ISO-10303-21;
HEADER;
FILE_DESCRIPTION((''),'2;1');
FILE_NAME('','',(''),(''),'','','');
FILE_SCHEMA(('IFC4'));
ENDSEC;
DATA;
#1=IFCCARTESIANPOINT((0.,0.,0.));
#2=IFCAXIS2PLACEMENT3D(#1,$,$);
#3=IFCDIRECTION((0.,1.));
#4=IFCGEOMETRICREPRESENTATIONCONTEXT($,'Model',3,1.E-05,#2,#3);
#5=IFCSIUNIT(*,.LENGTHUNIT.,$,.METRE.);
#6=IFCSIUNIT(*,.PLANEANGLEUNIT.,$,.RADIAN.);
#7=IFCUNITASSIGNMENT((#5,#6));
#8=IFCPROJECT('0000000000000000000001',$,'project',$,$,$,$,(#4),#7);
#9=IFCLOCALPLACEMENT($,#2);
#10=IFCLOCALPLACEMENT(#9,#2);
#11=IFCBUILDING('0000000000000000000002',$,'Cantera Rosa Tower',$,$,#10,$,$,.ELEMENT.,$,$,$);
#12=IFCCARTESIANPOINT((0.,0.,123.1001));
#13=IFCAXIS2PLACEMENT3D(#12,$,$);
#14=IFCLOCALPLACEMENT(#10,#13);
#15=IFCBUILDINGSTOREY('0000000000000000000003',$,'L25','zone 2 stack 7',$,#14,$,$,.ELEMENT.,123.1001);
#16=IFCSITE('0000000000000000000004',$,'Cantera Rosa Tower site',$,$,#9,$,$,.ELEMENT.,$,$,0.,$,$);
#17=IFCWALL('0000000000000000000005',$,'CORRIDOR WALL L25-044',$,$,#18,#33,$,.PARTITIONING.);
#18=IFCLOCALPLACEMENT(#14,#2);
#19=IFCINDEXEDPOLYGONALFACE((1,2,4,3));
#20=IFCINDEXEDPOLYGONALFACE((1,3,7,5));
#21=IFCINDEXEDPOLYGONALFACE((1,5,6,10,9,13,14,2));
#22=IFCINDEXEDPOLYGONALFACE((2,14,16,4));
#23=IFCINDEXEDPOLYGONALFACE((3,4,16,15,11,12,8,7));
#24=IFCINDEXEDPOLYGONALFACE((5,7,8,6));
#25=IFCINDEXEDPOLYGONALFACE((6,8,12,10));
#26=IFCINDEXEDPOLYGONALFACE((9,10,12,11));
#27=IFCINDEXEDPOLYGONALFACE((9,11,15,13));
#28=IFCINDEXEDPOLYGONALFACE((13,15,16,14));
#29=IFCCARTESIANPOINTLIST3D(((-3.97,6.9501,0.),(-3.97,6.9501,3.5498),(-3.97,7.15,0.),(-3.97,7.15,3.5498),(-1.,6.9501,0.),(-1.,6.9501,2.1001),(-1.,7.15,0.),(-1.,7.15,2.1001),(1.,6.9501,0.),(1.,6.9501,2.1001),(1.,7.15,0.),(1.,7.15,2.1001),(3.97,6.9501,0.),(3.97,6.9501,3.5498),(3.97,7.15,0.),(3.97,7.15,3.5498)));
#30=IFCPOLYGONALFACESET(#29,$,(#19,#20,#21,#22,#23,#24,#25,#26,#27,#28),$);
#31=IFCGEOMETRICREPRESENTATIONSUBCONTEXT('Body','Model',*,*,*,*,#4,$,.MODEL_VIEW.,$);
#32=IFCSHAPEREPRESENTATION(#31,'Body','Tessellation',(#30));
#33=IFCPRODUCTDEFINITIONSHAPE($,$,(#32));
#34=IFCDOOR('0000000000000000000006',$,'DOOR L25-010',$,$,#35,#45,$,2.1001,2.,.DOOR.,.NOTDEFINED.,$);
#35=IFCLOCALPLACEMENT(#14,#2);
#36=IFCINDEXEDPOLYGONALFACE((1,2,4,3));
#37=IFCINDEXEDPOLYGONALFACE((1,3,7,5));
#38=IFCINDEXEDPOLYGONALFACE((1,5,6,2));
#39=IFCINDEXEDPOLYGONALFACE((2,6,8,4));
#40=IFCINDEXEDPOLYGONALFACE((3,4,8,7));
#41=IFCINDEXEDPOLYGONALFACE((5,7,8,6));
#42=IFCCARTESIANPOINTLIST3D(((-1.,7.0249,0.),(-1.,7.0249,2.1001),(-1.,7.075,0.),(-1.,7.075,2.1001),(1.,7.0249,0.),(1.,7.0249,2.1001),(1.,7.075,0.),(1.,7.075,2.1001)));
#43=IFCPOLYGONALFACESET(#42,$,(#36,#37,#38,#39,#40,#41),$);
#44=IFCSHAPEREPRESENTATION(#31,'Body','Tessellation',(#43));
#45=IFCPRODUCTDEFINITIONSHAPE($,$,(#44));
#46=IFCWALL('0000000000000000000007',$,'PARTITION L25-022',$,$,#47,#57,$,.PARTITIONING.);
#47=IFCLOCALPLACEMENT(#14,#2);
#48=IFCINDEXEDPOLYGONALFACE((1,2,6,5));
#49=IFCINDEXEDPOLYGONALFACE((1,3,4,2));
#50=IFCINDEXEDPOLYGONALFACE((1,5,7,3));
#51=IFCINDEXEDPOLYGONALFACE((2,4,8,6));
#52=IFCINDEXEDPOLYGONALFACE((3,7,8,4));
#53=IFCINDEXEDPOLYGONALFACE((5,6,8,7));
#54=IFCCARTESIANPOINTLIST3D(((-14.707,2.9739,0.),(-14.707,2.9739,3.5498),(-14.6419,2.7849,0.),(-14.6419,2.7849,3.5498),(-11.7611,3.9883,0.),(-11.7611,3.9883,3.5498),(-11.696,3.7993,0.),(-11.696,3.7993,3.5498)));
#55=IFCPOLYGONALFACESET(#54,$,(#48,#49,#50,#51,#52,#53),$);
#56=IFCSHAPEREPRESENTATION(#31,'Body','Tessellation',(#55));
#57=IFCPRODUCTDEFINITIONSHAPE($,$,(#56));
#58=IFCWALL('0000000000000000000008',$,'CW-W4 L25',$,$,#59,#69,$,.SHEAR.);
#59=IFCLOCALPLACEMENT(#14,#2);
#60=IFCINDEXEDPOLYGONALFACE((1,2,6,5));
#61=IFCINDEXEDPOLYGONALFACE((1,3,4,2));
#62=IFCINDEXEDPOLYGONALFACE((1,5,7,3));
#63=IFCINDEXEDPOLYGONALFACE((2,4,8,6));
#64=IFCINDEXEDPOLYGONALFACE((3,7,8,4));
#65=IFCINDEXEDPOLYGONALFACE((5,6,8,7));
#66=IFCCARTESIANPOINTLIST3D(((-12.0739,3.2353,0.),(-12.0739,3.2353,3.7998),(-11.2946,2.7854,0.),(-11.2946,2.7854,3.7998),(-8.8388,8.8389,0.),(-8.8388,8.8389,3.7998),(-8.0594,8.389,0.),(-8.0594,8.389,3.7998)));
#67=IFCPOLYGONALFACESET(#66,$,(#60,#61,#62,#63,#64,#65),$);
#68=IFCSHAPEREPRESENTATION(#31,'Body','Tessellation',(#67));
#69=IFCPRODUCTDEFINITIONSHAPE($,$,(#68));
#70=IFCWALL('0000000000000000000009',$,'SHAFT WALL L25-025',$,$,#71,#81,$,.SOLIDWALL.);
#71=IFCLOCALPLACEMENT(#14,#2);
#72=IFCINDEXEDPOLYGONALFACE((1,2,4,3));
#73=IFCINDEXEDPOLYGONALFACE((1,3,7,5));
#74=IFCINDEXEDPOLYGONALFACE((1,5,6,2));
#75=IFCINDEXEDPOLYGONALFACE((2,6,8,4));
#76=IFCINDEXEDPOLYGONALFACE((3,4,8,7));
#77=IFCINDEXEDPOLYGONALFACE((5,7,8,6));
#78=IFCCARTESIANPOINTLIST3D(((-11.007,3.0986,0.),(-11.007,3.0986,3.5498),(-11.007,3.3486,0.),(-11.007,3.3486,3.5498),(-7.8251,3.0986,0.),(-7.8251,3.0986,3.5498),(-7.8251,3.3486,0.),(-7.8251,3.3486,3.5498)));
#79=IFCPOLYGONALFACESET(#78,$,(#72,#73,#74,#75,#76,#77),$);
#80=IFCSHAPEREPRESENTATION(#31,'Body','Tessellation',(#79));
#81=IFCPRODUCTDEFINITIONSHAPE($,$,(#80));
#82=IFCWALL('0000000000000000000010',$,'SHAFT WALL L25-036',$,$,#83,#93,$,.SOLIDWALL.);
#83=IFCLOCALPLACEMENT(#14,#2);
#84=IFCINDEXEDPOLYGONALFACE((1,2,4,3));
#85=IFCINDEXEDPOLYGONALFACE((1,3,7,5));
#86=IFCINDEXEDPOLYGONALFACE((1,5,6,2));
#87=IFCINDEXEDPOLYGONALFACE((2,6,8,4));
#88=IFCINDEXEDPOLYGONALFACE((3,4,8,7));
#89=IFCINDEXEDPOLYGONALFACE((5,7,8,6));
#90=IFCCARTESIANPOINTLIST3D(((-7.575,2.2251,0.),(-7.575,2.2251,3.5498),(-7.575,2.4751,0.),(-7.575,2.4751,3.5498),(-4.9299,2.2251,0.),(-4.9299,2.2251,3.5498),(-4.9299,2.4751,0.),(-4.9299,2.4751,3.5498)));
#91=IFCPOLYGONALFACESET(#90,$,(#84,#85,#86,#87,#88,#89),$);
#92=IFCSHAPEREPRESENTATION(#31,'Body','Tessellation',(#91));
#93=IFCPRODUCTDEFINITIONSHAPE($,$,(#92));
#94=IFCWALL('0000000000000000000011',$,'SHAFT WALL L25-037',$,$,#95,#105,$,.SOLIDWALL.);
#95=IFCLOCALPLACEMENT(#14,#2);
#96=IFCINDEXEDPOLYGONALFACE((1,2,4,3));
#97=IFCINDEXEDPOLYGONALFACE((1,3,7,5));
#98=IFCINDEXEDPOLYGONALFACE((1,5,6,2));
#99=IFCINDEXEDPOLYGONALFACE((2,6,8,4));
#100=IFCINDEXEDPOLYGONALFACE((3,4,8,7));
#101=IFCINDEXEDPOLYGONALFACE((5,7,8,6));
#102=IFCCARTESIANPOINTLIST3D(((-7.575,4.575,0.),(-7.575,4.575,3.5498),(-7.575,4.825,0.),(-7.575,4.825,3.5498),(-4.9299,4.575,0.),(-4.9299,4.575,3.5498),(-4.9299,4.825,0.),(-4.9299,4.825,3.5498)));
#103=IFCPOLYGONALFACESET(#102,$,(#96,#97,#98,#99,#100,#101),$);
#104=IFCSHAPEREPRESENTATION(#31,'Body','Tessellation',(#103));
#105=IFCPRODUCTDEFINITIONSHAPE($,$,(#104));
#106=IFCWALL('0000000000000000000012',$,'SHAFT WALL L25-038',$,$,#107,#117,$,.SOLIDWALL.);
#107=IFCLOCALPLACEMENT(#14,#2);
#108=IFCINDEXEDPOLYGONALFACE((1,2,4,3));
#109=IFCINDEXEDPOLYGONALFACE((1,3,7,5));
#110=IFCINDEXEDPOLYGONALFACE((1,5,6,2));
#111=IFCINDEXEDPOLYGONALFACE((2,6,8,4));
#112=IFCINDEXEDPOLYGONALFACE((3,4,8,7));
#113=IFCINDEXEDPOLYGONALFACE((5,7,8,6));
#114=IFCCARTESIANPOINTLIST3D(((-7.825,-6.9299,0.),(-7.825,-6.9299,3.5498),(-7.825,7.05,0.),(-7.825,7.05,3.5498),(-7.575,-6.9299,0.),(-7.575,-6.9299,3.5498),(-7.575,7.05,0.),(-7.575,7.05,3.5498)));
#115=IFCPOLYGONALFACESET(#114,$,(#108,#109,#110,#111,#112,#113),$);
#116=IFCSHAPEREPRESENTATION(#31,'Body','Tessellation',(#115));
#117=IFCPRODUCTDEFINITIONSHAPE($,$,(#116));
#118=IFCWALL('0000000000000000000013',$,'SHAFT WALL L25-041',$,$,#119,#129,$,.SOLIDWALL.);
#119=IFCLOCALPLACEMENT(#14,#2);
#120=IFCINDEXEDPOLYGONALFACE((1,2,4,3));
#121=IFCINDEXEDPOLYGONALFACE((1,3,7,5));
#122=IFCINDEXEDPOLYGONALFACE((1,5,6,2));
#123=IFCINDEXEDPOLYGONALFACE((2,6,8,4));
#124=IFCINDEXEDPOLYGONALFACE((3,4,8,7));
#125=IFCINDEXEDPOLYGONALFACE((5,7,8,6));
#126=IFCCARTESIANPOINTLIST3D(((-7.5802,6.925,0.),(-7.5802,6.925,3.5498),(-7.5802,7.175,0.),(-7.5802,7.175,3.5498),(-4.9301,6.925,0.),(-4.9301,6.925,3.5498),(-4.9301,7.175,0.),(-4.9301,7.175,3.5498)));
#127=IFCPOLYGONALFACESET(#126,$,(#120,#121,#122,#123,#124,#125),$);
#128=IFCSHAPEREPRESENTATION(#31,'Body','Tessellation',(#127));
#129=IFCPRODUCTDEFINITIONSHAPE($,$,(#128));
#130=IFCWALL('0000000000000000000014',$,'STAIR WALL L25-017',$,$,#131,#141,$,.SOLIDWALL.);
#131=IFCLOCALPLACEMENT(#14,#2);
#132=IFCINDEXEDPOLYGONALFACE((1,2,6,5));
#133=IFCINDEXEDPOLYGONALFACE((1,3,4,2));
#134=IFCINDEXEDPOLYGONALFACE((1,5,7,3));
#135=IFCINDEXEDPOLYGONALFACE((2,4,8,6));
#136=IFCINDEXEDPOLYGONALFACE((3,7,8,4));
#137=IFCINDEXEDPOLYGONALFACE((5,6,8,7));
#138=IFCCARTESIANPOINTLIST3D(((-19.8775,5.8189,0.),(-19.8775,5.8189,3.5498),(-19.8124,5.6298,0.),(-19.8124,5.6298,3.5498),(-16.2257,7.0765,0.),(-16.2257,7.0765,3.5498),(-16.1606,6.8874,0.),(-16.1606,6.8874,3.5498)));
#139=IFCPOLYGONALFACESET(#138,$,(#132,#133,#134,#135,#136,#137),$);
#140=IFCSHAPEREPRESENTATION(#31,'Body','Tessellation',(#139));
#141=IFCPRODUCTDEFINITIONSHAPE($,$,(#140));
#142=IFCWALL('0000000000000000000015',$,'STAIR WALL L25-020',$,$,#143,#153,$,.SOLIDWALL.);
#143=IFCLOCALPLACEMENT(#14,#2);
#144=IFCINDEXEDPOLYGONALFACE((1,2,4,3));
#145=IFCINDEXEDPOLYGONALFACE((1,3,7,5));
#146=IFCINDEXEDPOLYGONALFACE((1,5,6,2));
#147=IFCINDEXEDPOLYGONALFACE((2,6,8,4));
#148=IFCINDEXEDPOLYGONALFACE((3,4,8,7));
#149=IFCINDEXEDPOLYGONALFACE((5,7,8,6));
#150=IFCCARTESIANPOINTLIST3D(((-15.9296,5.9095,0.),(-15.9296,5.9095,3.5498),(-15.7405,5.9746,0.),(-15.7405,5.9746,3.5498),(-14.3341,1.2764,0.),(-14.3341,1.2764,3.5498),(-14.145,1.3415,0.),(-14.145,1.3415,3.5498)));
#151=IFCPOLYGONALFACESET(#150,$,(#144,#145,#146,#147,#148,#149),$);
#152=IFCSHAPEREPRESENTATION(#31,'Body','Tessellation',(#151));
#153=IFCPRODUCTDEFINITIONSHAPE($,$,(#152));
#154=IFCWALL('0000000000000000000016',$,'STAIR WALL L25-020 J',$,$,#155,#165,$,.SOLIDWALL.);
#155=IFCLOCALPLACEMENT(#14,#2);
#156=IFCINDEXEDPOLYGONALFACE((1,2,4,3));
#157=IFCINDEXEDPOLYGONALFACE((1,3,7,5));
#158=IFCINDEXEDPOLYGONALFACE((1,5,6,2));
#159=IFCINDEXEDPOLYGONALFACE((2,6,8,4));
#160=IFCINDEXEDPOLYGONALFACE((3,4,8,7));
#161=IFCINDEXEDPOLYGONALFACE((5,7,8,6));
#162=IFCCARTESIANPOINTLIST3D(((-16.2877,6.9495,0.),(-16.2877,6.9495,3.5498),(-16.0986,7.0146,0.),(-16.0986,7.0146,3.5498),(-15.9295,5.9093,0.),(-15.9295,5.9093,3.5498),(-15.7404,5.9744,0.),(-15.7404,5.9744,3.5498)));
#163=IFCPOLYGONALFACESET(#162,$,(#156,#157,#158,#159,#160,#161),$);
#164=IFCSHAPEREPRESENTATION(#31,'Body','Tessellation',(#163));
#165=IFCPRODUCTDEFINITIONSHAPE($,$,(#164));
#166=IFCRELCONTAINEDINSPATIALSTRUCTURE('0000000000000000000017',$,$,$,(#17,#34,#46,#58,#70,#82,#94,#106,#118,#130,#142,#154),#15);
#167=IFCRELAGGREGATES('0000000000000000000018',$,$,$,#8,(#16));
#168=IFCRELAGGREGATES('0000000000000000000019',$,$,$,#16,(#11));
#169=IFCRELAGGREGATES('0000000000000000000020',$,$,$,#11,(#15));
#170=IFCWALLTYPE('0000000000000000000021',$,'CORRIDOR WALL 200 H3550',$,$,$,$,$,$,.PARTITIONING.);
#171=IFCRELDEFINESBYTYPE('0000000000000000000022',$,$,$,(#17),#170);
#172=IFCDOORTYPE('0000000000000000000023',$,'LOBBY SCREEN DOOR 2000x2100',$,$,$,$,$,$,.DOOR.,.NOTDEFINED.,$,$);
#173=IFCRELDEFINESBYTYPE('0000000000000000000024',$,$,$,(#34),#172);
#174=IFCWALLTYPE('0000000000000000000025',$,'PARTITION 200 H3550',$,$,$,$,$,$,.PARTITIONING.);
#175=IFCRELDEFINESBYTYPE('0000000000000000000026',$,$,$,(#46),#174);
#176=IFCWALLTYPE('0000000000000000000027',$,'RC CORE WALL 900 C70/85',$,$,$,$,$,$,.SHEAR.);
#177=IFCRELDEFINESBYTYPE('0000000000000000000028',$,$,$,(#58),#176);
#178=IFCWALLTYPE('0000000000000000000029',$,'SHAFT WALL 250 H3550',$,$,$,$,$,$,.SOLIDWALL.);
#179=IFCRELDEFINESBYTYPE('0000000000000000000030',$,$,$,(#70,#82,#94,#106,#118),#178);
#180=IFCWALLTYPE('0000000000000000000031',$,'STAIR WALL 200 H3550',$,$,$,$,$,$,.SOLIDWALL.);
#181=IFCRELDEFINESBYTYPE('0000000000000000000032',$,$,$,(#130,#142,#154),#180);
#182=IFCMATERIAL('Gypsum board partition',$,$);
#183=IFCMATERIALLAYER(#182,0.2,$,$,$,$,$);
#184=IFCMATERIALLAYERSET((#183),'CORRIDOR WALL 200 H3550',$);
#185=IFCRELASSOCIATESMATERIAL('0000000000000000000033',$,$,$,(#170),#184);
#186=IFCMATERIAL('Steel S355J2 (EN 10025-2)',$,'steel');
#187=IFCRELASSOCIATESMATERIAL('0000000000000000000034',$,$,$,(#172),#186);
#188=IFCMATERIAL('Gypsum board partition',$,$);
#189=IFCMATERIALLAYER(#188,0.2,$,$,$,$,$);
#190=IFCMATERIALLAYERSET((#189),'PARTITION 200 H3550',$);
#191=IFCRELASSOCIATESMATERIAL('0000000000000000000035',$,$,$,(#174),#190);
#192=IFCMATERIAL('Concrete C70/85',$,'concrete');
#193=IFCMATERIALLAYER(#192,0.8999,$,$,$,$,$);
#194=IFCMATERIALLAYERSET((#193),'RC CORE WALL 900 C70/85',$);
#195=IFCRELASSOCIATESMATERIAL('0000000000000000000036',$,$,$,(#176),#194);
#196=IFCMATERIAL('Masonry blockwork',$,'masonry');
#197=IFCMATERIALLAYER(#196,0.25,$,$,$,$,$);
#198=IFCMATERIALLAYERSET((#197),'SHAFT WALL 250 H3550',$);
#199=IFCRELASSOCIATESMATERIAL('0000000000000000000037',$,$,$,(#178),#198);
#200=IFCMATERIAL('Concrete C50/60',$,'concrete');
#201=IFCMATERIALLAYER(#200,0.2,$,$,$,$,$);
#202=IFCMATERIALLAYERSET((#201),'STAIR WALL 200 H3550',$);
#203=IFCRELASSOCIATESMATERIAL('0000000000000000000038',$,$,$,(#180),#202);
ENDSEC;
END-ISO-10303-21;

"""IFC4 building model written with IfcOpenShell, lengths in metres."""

from ifc_helpers import new_model, si_unit, direction, frame, frame_2d, origin, place, context, subcontext, project, spatial, rectangle, extrude, material, layer, layer_set, type_object, element, fill, save


model = new_model("IFC4")

# Units and contexts
model_context = context("Model", 3, precision=1e-05, world=origin(), true_north=direction((0.0, 1.0)))
body_context = subcontext(model_context, "Body", "Model", "MODEL_VIEW")
ifc_project = project(units=[si_unit("LENGTHUNIT", "METRE"), si_unit("PLANEANGLEUNIT", "RADIAN")], contexts=[model_context])

# Site, building, storey
site_placement = place(None, origin())
site = spatial("IfcSite", under=ifc_project, at=site_placement, Name="Cantera Rosa Tower site", CompositionType="ELEMENT", RefElevation=0.0)
building_placement = place(site_placement, origin())
building = spatial("IfcBuilding", under=site, at=building_placement, Name="Cantera Rosa Tower", CompositionType="ELEMENT")
storey_placement = place(building_placement, frame((0.0, 0.0, 123.1001)))
storey = spatial("IfcBuildingStorey", under=building, at=storey_placement, Name="L25", Description="zone 2 stack 7", CompositionType="ELEMENT", Elevation=123.1001)

# Wall, opening, door
ifc_material_1 = material(Name="Gypsum board partition")
ifc_layer_1 = layer(ifc_material_1, 0.2)
ifc_layer_set_1 = layer_set([ifc_layer_1], Name="CORRIDOR WALL 200 H3550")
wall_type_1 = type_object("IfcWallType", Name="CORRIDOR WALL 200 H3550", PredefinedType="PARTITIONING", material=ifc_layer_set_1)
wall_1_placement = place(storey_placement, frame((-3.97, 7.05, 0.0), z_axis=(0.0, 0.0, 1.0), x_axis=(1.0, 0.0, 0.0)))
wall_1 = element("IfcWall", 1, at=wall_1_placement, inside=storey, type_object=wall_type_1, Name="CORRIDOR WALL L25-044", PredefinedType="PARTITIONING", context=body_context, shape_type="SweptSolid", body=[
    extrude(rectangle(XDim=7.9399, YDim=0.2, at=frame_2d((3.97, 0.0))), origin(), (0.0, 0.0, 1.0), 3.5498),
])
opening_placement = place(wall_1_placement, frame((2.97, 0.0, 0.0)))
opening = element("IfcOpeningElement", 2, at=opening_placement, cuts=wall_1, PredefinedType="OPENING", context=body_context, shape_type="SweptSolid", body=[
    extrude(rectangle(XDim=2.0, YDim=2.1001, at=frame_2d((1.0, 1.05))), frame((0.0, 0.1099, 0.0), z_axis=(0.0, -1.0, 0.0), x_axis=(1.0, 0.0, 0.0)), (0.0, 0.0, 1.0), 0.22),
])
ifc_material_2 = material(Name="Steel S355J2 (EN 10025-2)", Category="steel")
door_type = type_object("IfcDoorType", Name="LOBBY SCREEN DOOR 2000x2100", OperationType="NOTDEFINED", PredefinedType="DOOR", material=ifc_material_2)
door_placement = place(opening_placement, origin())
door = element("IfcDoor", 3, at=door_placement, inside=storey, type_object=door_type, Name="DOOR L25-010", OperationType="NOTDEFINED", OverallHeight=2.1001, OverallWidth=2.0, PredefinedType="DOOR", context=body_context, shape_type="SweptSolid", body=[
    extrude(rectangle(XDim=2.0, YDim=2.1001, at=frame_2d((1.0, 1.05))), frame((0.0, 0.0249, 0.0), z_axis=(0.0, -1.0, 0.0), x_axis=(1.0, 0.0, 0.0)), (0.0, 0.0, 1.0), 0.05),
])
fill(opening, door)

# Walls
ifc_material_3 = material(Name="Gypsum board partition")
ifc_layer_2 = layer(ifc_material_3, 0.2)
ifc_layer_set_2 = layer_set([ifc_layer_2], Name="PARTITION 200 H3550")
wall_type_2 = type_object("IfcWallType", Name="PARTITION 200 H3550", PredefinedType="PARTITIONING", material=ifc_layer_set_2)
wall_2_placement = place(storey_placement, frame((-11.7285, 3.8938, 0.0), z_axis=(0.0, 0.0, 1.0), x_axis=(-0.945519, -0.325568, 0.0)))
element("IfcWall", 4, at=wall_2_placement, inside=storey, type_object=wall_type_2, Name="PARTITION L25-022", PredefinedType="PARTITIONING", context=body_context, shape_type="SweptSolid", body=[
    extrude(rectangle(XDim=3.1157, YDim=0.2, at=frame_2d((1.5579, 0.0))), origin(), (0.0, 0.0, 1.0), 3.5498),
])
ifc_material_4 = material(Name="Concrete C70/85", Category="concrete")
ifc_layer_3 = layer(ifc_material_4, 0.8999)
ifc_layer_set_3 = layer_set([ifc_layer_3], Name="RC CORE WALL 900 C70/85")
wall_type_3 = type_object("IfcWallType", Name="RC CORE WALL 900 C70/85", PredefinedType="SHEAR", material=ifc_layer_set_3)
wall_3_placement = place(storey_placement, frame((-11.6843, 3.0103, 0.0), z_axis=(0.0, 0.0, 1.0), x_axis=(0.49999, 0.866031, 0.0)))
element("IfcWall", 5, at=wall_3_placement, inside=storey, type_object=wall_type_3, Name="CW-W4 L25", PredefinedType="SHEAR", context=body_context, shape_type="SweptSolid", body=[
    extrude(rectangle(XDim=6.4705, YDim=0.8999, at=frame_2d((3.2354, 0.0))), origin(), (0.0, 0.0, 1.0), 3.7998),
])
ifc_material_5 = material(Name="Masonry blockwork", Category="masonry")
ifc_layer_4 = layer(ifc_material_5, 0.25)
ifc_layer_set_4 = layer_set([ifc_layer_4], Name="SHAFT WALL 250 H3550")
wall_type_4 = type_object("IfcWallType", Name="SHAFT WALL 250 H3550", PredefinedType="SOLIDWALL", material=ifc_layer_set_4)
wall_4_placement = place(storey_placement, frame((-11.0068, 3.2236, 0.0), z_axis=(0.0, 0.0, 1.0), x_axis=(1.0, 0.0, 0.0)))
element("IfcWall", 6, at=wall_4_placement, inside=storey, type_object=wall_type_4, Name="SHAFT WALL L25-025", PredefinedType="SOLIDWALL", context=body_context, shape_type="SweptSolid", body=[
    extrude(rectangle(XDim=3.1819, YDim=0.25, at=frame_2d((1.5908, 0.0))), origin(), (0.0, 0.0, 1.0), 3.5498),
])
for number, where, z_axis, x_axis, name in (
    (7, (-7.575, 2.3501, 0.0), (0.0, 0.0, 1.0), (1.0, 0.0, 0.0), "SHAFT WALL L25-036"),
    (8, (-7.575, 4.7, 0.0), (0.0, 0.0, 1.0), (1.0, 0.0, 0.0), "SHAFT WALL L25-037"),
):
    element("IfcWall", number, at=place(storey_placement, frame(where, z_axis=z_axis, x_axis=x_axis)), inside=storey, type_object=wall_type_4, Name=name, PredefinedType="SOLIDWALL", context=body_context, shape_type="SweptSolid", body=[
        extrude(rectangle(XDim=2.645, YDim=0.25, at=frame_2d((1.3225, 0.0))), origin(), (0.0, 0.0, 1.0), 3.5498),
    ])
wall_5_placement = place(storey_placement, frame((-7.7, 7.05, 0.0), z_axis=(0.0, 0.0, 1.0), x_axis=(0.0, -1.0, 0.0)))
element("IfcWall", 9, at=wall_5_placement, inside=storey, type_object=wall_type_4, Name="SHAFT WALL L25-038", PredefinedType="SOLIDWALL", context=body_context, shape_type="SweptSolid", body=[
    extrude(rectangle(XDim=13.98, YDim=0.25, at=frame_2d((6.99, 0.0))), origin(), (0.0, 0.0, 1.0), 3.5498),
])
wall_6_placement = place(storey_placement, frame((-4.9299, 7.05, 0.0), z_axis=(0.0, 0.0, 1.0), x_axis=(-1.0, 0.0, 0.0)))
element("IfcWall", 10, at=wall_6_placement, inside=storey, type_object=wall_type_4, Name="SHAFT WALL L25-041", PredefinedType="SOLIDWALL", context=body_context, shape_type="SweptSolid", body=[
    extrude(rectangle(XDim=2.6501, YDim=0.25, at=frame_2d((1.3252, 0.0))), origin(), (0.0, 0.0, 1.0), 3.5498),
])
ifc_material_6 = material(Name="Concrete C50/60", Category="concrete")
ifc_layer_5 = layer(ifc_material_6, 0.2)
ifc_layer_set_5 = layer_set([ifc_layer_5], Name="STAIR WALL 200 H3550")
wall_type_5 = type_object("IfcWallType", Name="STAIR WALL 200 H3550", PredefinedType="SOLIDWALL", material=ifc_layer_set_5)
wall_7_placement = place(storey_placement, frame((-16.1931, 6.9819, 0.0), z_axis=(0.0, 0.0, 1.0), x_axis=(-0.945508, -0.325599, 0.0)))
element("IfcWall", 11, at=wall_7_placement, inside=storey, type_object=wall_type_5, Name="STAIR WALL L25-017", PredefinedType="SOLIDWALL", context=body_context, shape_type="SweptSolid", body=[
    extrude(rectangle(XDim=3.8623, YDim=0.2, at=frame_2d((1.9312, 0.0))), origin(), (0.0, 0.0, 1.0), 3.5498),
])
wall_8_placement = place(storey_placement, frame((-14.2395, 1.3088, 0.0), z_axis=(0.0, 0.0, 1.0), x_axis=(-0.325599, 0.945508, 0.0)))
element("IfcWall", 12, at=wall_8_placement, inside=storey, type_object=wall_type_5, Name="STAIR WALL L25-020", PredefinedType="SOLIDWALL", context=body_context, shape_type="SweptSolid", body=[
    extrude(rectangle(XDim=4.9001, YDim=0.2, at=frame_2d((2.4502, 0.0))), origin(), (0.0, 0.0, 1.0), 3.5498),
])
wall_9_placement = place(storey_placement, frame((-15.835, 5.9419, 0.0), z_axis=(0.0, 0.0, 1.0), x_axis=(-0.325601, 0.945507, 0.0)))
element("IfcWall", 13, at=wall_9_placement, inside=storey, type_object=wall_type_5, Name="STAIR WALL L25-020 J", PredefinedType="SOLIDWALL", context=body_context, shape_type="SweptSolid", body=[
    extrude(rectangle(XDim=1.1001, YDim=0.2, at=frame_2d((0.55, 0.0))), origin(), (0.0, 0.0, 1.0), 3.5498),
])

save(model, "model.ifc")
